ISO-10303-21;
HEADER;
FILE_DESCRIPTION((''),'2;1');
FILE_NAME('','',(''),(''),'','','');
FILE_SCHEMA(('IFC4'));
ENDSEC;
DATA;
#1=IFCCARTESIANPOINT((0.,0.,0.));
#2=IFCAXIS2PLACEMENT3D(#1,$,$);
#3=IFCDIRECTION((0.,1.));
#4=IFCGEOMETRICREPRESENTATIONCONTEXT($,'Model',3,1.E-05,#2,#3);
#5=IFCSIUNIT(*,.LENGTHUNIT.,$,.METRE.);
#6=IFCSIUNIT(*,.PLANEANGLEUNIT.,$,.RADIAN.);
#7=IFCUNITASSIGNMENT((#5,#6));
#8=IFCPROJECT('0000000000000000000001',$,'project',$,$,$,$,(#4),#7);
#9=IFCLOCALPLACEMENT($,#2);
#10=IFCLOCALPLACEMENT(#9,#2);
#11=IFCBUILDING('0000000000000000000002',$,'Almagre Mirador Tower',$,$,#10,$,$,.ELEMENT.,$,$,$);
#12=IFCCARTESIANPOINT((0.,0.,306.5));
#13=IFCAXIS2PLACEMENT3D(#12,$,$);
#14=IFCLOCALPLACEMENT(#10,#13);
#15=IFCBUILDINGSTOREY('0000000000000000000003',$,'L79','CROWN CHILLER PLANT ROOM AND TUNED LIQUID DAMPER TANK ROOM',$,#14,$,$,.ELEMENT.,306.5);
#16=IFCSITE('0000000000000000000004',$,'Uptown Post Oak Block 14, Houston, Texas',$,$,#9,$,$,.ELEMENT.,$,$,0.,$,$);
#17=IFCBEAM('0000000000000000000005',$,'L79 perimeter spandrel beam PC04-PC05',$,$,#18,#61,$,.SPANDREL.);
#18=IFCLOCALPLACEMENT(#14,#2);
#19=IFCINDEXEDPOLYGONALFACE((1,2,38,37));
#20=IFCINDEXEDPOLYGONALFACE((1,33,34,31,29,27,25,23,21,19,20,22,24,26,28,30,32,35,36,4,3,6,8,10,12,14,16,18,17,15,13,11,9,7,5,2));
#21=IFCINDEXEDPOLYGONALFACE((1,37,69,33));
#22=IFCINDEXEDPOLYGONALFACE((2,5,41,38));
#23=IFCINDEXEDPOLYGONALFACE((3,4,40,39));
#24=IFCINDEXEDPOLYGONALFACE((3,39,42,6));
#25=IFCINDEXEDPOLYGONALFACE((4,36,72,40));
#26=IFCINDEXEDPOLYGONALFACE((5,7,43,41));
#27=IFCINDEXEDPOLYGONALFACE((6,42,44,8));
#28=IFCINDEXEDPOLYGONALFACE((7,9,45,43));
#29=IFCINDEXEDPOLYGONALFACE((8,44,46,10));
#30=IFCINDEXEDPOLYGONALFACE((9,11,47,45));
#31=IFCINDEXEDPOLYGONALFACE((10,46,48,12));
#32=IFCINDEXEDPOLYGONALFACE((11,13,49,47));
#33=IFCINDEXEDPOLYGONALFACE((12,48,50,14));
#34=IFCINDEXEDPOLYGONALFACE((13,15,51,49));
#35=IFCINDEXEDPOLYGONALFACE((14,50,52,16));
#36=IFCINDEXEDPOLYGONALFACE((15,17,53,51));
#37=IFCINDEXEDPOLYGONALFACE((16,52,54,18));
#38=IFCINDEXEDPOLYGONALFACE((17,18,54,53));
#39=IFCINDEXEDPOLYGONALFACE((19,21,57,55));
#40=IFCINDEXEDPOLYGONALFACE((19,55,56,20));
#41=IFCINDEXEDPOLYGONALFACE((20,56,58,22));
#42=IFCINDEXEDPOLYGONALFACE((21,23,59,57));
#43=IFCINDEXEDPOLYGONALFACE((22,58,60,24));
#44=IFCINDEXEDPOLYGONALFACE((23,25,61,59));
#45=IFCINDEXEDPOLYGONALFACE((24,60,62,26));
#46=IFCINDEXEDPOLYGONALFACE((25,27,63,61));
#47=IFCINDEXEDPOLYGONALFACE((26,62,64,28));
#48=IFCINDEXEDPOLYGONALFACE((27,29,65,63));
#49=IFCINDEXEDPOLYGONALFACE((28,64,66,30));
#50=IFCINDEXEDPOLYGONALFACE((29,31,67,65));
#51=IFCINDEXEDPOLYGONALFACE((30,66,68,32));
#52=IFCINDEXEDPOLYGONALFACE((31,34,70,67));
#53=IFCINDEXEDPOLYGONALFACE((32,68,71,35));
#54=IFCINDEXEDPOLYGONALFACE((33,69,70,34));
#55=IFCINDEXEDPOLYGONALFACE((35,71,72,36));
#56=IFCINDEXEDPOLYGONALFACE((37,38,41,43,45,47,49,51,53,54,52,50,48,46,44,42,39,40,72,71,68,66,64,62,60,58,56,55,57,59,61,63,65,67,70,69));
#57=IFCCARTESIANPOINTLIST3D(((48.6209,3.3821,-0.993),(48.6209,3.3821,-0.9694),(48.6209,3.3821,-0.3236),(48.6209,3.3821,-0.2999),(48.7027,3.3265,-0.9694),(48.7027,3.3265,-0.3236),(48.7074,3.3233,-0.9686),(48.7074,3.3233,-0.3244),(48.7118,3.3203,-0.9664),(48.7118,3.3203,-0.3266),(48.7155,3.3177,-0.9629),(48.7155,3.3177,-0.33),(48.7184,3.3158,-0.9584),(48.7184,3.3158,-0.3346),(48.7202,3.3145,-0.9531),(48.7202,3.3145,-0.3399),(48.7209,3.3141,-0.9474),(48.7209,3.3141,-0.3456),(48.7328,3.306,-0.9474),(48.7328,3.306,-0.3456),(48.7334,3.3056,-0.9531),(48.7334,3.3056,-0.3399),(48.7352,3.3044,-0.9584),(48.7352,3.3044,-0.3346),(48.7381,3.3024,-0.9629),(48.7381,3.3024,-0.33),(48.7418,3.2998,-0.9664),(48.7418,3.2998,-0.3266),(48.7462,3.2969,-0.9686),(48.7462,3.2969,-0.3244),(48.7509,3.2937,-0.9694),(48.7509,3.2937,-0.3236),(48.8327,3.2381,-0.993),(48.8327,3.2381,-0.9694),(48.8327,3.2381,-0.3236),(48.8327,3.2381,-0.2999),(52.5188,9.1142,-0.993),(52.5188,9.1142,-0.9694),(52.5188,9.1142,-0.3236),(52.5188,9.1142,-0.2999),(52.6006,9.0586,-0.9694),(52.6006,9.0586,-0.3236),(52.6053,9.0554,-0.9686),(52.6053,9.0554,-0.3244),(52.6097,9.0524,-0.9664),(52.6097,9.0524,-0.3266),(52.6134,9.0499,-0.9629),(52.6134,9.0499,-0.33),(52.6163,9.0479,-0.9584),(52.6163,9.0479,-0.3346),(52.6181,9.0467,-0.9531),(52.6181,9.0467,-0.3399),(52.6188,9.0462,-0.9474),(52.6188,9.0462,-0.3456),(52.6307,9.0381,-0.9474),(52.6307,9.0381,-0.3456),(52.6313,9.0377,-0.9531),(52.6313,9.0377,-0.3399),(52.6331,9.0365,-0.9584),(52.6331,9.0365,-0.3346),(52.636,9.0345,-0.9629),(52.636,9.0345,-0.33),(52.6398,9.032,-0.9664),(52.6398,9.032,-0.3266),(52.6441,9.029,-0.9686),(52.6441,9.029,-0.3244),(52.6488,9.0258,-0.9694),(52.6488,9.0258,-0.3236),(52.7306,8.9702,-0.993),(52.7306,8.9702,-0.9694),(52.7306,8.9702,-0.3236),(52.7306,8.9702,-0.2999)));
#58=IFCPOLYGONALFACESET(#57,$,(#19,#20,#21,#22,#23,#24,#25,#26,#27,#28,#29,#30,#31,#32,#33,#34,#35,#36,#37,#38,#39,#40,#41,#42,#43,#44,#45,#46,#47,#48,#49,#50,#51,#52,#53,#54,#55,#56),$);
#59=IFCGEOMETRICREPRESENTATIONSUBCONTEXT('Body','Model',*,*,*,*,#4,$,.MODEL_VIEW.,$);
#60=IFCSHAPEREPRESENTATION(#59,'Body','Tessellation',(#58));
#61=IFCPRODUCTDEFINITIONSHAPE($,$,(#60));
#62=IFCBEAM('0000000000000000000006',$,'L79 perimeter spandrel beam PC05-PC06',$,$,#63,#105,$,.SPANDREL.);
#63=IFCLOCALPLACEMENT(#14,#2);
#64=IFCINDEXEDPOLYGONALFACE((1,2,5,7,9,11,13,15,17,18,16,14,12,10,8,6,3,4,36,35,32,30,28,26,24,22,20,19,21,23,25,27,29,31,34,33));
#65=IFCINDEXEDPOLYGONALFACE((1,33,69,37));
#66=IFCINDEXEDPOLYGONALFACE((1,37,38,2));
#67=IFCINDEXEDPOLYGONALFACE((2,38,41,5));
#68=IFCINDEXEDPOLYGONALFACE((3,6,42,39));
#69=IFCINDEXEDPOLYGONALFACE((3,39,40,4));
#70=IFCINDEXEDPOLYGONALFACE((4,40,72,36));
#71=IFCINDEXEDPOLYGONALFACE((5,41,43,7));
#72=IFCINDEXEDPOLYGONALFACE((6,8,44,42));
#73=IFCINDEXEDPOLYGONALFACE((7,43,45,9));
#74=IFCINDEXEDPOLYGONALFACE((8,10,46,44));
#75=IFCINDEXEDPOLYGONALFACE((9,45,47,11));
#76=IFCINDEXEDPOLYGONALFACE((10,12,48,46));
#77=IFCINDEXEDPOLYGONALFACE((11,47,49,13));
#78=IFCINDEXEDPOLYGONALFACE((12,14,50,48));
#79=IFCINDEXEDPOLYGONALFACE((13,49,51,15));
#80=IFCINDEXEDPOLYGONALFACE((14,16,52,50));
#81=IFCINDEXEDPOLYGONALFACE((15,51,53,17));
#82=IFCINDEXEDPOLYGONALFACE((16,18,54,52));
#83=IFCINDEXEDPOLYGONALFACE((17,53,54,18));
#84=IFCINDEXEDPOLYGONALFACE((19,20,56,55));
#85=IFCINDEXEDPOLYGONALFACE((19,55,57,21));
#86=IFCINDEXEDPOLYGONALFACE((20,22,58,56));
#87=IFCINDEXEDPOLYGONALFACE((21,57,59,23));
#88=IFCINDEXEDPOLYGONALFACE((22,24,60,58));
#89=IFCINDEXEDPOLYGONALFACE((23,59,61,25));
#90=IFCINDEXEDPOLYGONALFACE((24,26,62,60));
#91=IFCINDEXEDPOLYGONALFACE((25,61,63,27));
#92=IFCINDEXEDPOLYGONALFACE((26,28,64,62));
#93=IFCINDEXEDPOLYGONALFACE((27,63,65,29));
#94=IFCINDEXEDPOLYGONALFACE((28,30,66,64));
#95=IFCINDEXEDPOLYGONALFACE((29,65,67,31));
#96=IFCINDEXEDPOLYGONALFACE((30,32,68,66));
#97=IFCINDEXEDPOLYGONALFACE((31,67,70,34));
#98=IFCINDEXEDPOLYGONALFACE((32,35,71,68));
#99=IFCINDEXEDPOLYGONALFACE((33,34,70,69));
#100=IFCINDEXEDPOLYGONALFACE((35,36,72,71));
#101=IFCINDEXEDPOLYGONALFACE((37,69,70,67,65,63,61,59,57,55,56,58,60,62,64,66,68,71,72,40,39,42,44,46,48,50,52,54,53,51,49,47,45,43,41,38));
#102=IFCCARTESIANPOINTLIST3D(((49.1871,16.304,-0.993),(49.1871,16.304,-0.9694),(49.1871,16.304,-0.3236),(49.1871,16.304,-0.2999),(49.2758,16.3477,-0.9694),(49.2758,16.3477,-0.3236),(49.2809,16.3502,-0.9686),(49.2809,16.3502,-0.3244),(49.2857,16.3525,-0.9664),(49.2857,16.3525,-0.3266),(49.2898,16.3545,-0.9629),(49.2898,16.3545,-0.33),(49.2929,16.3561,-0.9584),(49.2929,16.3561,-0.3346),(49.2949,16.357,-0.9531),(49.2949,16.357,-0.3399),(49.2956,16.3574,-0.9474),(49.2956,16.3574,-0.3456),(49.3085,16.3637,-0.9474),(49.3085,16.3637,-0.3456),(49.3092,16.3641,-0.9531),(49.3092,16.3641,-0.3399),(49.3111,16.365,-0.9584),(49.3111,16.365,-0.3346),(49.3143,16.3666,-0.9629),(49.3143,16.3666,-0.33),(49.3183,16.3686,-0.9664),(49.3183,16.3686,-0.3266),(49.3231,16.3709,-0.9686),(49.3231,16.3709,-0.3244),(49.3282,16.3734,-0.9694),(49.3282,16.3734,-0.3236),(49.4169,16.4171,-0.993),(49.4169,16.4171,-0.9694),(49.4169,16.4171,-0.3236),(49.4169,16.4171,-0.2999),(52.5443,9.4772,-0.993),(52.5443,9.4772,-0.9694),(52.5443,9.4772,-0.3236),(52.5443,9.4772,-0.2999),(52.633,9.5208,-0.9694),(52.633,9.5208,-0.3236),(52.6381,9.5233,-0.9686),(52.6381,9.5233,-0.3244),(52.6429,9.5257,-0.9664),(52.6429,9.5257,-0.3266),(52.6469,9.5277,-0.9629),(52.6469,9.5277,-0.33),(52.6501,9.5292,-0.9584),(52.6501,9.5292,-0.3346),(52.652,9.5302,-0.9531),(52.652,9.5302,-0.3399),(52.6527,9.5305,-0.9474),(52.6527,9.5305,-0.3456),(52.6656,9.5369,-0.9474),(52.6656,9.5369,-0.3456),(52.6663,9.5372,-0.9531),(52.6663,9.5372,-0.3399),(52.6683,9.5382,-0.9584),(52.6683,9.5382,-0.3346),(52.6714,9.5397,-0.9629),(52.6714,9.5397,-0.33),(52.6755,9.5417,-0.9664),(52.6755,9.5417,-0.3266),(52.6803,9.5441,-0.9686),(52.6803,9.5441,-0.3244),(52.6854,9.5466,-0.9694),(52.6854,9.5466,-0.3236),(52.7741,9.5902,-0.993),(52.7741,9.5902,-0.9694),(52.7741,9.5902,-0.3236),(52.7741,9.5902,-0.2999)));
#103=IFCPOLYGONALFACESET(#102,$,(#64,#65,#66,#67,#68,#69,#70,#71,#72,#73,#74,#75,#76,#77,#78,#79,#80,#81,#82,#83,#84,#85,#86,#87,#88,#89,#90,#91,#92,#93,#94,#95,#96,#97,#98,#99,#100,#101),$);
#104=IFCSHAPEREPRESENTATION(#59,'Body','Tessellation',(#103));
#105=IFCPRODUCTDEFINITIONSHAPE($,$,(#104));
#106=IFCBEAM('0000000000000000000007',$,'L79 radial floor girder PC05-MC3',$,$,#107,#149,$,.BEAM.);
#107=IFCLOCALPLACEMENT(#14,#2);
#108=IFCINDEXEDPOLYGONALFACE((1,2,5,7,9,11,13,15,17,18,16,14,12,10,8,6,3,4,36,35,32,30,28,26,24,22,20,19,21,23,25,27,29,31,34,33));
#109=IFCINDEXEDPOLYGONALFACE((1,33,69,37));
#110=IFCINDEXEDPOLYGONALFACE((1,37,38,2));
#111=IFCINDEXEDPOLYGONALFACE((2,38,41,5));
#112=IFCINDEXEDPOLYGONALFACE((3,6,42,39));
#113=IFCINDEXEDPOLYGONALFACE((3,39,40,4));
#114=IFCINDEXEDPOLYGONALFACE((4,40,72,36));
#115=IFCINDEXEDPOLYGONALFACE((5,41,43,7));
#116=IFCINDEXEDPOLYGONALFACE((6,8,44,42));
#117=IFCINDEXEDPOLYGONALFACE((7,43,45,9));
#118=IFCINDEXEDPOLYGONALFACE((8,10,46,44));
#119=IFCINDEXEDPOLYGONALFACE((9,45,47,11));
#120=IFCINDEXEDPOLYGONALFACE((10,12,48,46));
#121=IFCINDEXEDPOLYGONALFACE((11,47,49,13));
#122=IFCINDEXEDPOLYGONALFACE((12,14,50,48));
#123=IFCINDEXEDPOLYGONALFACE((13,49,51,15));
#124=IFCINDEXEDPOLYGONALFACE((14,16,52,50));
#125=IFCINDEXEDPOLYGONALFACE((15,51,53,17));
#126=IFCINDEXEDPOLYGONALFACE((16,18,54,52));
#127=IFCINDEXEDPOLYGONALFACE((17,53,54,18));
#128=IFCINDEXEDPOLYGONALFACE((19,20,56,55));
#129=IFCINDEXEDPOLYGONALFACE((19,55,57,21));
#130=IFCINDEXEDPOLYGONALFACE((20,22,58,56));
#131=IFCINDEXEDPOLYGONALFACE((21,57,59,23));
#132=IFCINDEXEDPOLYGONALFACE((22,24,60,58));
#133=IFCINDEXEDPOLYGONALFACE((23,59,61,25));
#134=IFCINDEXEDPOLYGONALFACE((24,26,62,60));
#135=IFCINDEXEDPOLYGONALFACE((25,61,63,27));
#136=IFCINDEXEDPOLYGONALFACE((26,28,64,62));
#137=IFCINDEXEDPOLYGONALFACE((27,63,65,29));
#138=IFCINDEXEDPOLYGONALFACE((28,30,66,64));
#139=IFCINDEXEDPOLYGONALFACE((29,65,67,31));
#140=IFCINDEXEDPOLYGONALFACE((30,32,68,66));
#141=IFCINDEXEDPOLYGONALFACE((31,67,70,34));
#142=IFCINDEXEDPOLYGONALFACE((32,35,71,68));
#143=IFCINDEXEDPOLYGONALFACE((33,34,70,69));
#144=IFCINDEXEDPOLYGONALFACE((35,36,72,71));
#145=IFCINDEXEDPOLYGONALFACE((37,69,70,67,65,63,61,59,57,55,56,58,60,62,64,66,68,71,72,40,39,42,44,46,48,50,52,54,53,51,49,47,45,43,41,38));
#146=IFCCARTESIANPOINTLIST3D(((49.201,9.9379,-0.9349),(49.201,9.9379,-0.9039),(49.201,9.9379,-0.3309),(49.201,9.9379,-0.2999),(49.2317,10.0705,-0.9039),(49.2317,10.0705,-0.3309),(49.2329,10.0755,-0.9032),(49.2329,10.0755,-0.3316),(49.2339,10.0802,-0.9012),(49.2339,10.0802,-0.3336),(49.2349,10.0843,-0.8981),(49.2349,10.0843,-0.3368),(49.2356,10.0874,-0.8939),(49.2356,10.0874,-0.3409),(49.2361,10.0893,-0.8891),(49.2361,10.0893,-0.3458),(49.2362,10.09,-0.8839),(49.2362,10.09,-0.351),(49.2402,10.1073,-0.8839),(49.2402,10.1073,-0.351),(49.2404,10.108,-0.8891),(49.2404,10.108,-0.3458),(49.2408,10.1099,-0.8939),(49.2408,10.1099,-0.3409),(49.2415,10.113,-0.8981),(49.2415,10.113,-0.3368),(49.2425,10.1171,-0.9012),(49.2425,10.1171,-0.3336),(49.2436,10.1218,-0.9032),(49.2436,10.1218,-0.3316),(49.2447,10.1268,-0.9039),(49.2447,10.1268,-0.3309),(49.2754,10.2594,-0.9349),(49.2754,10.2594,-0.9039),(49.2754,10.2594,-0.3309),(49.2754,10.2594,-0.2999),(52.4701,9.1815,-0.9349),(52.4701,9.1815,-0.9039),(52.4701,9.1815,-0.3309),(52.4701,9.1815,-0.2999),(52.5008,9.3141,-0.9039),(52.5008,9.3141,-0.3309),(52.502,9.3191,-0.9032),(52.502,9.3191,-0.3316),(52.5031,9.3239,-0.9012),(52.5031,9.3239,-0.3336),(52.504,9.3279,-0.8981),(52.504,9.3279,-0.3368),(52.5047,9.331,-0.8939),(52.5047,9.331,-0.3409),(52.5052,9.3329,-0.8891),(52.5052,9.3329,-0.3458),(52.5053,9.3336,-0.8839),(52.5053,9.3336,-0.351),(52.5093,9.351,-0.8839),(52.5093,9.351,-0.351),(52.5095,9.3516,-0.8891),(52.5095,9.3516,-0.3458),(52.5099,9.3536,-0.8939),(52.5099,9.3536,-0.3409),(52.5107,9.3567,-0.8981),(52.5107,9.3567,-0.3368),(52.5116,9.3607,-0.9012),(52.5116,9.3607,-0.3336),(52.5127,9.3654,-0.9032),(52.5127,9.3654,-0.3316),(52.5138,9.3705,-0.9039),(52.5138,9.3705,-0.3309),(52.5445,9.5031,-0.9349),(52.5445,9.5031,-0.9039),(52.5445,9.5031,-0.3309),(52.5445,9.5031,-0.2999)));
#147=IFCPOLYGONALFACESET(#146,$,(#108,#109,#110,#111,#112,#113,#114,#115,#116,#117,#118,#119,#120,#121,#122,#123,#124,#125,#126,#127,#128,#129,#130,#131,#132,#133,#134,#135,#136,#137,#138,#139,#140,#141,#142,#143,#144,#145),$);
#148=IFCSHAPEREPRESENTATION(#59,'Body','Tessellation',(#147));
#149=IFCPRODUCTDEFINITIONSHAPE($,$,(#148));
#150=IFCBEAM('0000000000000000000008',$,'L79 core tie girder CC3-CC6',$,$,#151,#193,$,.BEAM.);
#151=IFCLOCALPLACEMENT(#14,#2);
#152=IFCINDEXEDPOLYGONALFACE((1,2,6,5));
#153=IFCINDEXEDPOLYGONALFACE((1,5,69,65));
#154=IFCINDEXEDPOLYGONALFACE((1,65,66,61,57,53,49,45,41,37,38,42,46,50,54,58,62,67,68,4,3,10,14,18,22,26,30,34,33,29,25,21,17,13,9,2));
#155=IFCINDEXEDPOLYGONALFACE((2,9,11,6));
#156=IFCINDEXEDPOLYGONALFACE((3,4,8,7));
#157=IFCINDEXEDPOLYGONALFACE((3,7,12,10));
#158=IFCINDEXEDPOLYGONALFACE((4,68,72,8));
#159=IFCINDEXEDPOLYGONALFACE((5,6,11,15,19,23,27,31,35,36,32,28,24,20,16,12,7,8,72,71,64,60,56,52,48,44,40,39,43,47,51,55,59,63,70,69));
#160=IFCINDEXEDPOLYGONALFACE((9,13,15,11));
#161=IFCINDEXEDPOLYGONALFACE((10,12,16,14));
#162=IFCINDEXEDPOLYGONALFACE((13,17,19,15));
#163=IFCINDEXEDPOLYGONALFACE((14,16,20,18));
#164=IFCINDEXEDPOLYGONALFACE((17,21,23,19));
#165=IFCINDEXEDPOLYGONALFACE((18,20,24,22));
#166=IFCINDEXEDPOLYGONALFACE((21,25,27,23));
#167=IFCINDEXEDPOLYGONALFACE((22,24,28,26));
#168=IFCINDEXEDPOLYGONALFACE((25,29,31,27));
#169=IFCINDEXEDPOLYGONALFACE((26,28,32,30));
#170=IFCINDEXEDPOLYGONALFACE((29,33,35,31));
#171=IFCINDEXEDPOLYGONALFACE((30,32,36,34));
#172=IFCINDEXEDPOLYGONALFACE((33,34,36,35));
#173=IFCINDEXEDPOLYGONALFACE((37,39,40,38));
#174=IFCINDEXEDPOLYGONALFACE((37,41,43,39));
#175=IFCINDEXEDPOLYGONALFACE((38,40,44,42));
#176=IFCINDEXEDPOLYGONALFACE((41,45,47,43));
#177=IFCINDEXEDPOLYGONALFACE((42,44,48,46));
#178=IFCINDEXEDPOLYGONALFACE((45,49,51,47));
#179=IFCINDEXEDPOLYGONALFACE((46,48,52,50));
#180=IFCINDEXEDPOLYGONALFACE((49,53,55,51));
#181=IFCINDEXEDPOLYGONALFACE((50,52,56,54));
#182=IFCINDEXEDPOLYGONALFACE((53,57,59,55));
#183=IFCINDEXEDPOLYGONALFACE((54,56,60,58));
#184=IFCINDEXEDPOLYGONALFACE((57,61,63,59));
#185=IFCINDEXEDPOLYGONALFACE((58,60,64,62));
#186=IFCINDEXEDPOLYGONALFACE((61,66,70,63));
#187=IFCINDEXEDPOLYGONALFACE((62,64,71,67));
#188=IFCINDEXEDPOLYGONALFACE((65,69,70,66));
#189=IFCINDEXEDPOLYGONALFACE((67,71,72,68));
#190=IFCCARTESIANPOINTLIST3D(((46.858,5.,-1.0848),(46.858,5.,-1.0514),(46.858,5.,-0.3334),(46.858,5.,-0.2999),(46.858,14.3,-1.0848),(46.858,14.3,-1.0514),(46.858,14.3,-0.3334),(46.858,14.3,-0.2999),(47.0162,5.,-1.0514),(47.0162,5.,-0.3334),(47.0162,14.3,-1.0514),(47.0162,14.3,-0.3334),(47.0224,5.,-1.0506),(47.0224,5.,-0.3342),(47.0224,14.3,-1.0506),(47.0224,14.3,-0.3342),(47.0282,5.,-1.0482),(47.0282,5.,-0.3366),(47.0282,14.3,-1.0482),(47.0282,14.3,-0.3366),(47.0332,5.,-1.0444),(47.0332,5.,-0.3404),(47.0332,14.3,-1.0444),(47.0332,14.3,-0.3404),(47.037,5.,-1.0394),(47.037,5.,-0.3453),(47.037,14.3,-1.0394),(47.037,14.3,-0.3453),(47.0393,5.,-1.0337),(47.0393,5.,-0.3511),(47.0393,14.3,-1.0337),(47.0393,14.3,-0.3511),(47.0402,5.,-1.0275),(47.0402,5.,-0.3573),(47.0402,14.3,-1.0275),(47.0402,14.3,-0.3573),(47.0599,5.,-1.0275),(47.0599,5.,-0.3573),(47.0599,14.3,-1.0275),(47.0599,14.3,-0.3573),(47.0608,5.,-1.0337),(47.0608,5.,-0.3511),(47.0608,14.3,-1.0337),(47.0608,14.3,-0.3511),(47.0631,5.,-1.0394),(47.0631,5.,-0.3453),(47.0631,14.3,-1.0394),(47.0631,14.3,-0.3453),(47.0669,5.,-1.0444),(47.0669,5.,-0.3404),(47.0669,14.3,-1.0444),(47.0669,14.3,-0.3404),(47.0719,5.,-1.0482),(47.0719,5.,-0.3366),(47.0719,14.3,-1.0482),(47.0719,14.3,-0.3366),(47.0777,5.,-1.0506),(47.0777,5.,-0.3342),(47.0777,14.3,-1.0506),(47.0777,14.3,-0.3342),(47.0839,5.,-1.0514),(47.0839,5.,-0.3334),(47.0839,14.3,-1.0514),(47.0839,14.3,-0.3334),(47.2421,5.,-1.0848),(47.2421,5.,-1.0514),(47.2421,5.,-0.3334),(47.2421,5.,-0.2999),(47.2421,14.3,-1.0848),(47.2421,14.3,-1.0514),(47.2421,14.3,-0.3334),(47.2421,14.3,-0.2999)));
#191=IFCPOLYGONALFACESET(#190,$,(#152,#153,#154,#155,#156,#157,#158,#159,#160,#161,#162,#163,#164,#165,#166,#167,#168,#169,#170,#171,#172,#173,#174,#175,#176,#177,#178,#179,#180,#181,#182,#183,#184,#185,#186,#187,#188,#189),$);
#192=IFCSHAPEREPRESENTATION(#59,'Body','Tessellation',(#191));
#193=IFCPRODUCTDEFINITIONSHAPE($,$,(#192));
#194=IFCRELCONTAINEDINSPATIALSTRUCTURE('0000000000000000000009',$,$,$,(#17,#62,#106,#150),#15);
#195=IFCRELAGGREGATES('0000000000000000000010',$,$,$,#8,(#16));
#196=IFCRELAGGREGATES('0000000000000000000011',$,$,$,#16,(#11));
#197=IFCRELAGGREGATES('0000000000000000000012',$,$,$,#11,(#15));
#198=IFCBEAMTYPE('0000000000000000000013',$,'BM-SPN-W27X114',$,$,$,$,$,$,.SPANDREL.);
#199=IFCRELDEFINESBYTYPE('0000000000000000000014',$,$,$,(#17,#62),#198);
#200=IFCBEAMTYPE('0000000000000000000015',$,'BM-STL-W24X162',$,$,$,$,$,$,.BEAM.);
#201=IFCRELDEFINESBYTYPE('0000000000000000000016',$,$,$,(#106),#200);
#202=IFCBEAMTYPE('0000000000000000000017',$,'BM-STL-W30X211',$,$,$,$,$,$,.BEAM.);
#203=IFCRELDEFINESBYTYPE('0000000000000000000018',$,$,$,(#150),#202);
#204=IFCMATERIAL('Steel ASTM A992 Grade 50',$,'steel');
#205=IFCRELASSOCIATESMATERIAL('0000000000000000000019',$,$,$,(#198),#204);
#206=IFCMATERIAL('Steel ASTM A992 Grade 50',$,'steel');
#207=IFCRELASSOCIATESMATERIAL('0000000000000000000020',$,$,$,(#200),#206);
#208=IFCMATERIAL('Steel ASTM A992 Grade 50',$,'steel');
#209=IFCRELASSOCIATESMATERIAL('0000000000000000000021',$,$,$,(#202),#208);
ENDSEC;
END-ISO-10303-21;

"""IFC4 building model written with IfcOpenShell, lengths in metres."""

from ifc_helpers import new_model, si_unit, direction, frame, origin, origin_2d, place, context, subcontext, project, spatial, i_section, extrude, material, material_profile, profile_set, type_object, element, save


model = new_model("IFC4")

# Units and contexts
model_context = context("Model", 3, precision=1e-05, world=origin(), true_north=direction((0.0, 1.0)))
body_context = subcontext(model_context, "Body", "Model", "MODEL_VIEW")
ifc_project = project(units=[si_unit("LENGTHUNIT", "METRE"), si_unit("PLANEANGLEUNIT", "RADIAN")], contexts=[model_context])

# Site, building, storey
site_placement = place(None, origin())
site = spatial("IfcSite", under=ifc_project, at=site_placement, Name="Uptown Post Oak Block 14, Houston, Texas", CompositionType="ELEMENT", RefElevation=0.0)
building_placement = place(site_placement, origin())
building = spatial("IfcBuilding", under=site, at=building_placement, Name="Almagre Mirador Tower", CompositionType="ELEMENT")
storey_placement = place(building_placement, frame((0.0, 0.0, 306.5)))
storey = spatial("IfcBuildingStorey", under=building, at=storey_placement, Name="L79", Description="CROWN CHILLER PLANT ROOM AND TUNED LIQUID DAMPER TANK ROOM", CompositionType="ELEMENT", Elevation=306.5)

# Beams
ifc_material_1 = material(Name="Steel ASTM A992 Grade 50", Category="steel")
ifc_material_profile_1 = material_profile(ifc_material_1, i_section(OverallWidth=0.2561, OverallDepth=0.6931, WebThickness=0.0144, FlangeThickness=0.0237, FilletRadius=0.022, at=origin_2d()), Name="W27X114")
ifc_profile_set_1 = profile_set([ifc_material_profile_1], Name="Steel ASTM A992 Grade 50")
beam_type_1 = type_object("IfcBeamType", Name="BM-SPN-W27X114", PredefinedType="SPANDREL", material=ifc_profile_set_1)
beam_1_placement = place(storey_placement, frame((48.7268, 3.3101, -0.6465), z_axis=(0.562317, 0.826922, 0.0), x_axis=(-0.826922, 0.562317, 0.0)))
element("IfcBeam", 1, at=beam_1_placement, inside=storey, type_object=beam_type_1, Name="L79 perimeter spandrel beam PC04-PC05", PredefinedType="SPANDREL", context=body_context, shape_type="SweptSolid", body=[
    extrude(i_section(OverallWidth=0.2561, OverallDepth=0.6931, WebThickness=0.0144, FlangeThickness=0.0237, FilletRadius=0.022, at=origin_2d()), origin(), (0.0, 0.0, 1.0), 6.9319),
])
beam_2_placement = place(storey_placement, frame((52.6592, 9.5337, -0.6465), z_axis=(-0.441286, 0.897366, 0.0), x_axis=(-0.897366, -0.441286, 0.0)))
element("IfcBeam", 2, at=beam_2_placement, inside=storey, type_object=beam_type_1, Name="L79 perimeter spandrel beam PC05-PC06", PredefinedType="SPANDREL", context=body_context, shape_type="SweptSolid", body=[
    extrude(i_section(OverallWidth=0.2561, OverallDepth=0.6931, WebThickness=0.0144, FlangeThickness=0.0237, FilletRadius=0.022, at=origin_2d()), origin(), (0.0, 0.0, 1.0), 7.6077),
])
ifc_material_2 = material(Name="Steel ASTM A992 Grade 50", Category="steel")
ifc_material_profile_2 = material_profile(ifc_material_2, i_section(OverallWidth=0.3301, OverallDepth=0.635, WebThickness=0.0178, FlangeThickness=0.031, FilletRadius=0.02, at=origin_2d()), Name="W24X162")
ifc_profile_set_2 = profile_set([ifc_material_profile_2], Name="Steel ASTM A992 Grade 50")
beam_type_2 = type_object("IfcBeamType", Name="BM-STL-W24X162", PredefinedType="BEAM", material=ifc_profile_set_2)
beam_3_placement = place(storey_placement, frame((52.5073, 9.3423, -0.6174), z_axis=(-0.974264, 0.225412, 0.0), x_axis=(-0.225412, -0.974264, 0.0)))
element("IfcBeam", 3, at=beam_3_placement, inside=storey, type_object=beam_type_2, Name="L79 radial floor girder PC05-MC3", PredefinedType="BEAM", context=body_context, shape_type="SweptSolid", body=[
    extrude(i_section(OverallWidth=0.3301, OverallDepth=0.635, WebThickness=0.0178, FlangeThickness=0.031, FilletRadius=0.02, at=origin_2d()), origin(), (0.0, 0.0, 1.0), 3.3555),
])
ifc_material_3 = material(Name="Steel ASTM A992 Grade 50", Category="steel")
ifc_material_profile_3 = material_profile(ifc_material_3, i_section(OverallWidth=0.384, OverallDepth=0.7849, WebThickness=0.0198, FlangeThickness=0.0334, FilletRadius=0.0239, at=origin_2d()), Name="W30X211")
ifc_profile_set_3 = profile_set([ifc_material_profile_3], Name="Steel ASTM A992 Grade 50")
beam_type_3 = type_object("IfcBeamType", Name="BM-STL-W30X211", PredefinedType="BEAM", material=ifc_profile_set_3)
beam_4_placement = place(storey_placement, frame((47.05, 5.0, -0.6924), z_axis=(0.0, 1.0, 0.0), x_axis=(-1.0, 0.0, 0.0)))
element("IfcBeam", 4, at=beam_4_placement, inside=storey, type_object=beam_type_3, Name="L79 core tie girder CC3-CC6", PredefinedType="BEAM", context=body_context, shape_type="SweptSolid", body=[
    extrude(i_section(OverallWidth=0.384, OverallDepth=0.7849, WebThickness=0.0198, FlangeThickness=0.0334, FilletRadius=0.0239, at=origin_2d()), origin(), (0.0, 0.0, 1.0), 9.3),
])

save(model, "model.ifc")
